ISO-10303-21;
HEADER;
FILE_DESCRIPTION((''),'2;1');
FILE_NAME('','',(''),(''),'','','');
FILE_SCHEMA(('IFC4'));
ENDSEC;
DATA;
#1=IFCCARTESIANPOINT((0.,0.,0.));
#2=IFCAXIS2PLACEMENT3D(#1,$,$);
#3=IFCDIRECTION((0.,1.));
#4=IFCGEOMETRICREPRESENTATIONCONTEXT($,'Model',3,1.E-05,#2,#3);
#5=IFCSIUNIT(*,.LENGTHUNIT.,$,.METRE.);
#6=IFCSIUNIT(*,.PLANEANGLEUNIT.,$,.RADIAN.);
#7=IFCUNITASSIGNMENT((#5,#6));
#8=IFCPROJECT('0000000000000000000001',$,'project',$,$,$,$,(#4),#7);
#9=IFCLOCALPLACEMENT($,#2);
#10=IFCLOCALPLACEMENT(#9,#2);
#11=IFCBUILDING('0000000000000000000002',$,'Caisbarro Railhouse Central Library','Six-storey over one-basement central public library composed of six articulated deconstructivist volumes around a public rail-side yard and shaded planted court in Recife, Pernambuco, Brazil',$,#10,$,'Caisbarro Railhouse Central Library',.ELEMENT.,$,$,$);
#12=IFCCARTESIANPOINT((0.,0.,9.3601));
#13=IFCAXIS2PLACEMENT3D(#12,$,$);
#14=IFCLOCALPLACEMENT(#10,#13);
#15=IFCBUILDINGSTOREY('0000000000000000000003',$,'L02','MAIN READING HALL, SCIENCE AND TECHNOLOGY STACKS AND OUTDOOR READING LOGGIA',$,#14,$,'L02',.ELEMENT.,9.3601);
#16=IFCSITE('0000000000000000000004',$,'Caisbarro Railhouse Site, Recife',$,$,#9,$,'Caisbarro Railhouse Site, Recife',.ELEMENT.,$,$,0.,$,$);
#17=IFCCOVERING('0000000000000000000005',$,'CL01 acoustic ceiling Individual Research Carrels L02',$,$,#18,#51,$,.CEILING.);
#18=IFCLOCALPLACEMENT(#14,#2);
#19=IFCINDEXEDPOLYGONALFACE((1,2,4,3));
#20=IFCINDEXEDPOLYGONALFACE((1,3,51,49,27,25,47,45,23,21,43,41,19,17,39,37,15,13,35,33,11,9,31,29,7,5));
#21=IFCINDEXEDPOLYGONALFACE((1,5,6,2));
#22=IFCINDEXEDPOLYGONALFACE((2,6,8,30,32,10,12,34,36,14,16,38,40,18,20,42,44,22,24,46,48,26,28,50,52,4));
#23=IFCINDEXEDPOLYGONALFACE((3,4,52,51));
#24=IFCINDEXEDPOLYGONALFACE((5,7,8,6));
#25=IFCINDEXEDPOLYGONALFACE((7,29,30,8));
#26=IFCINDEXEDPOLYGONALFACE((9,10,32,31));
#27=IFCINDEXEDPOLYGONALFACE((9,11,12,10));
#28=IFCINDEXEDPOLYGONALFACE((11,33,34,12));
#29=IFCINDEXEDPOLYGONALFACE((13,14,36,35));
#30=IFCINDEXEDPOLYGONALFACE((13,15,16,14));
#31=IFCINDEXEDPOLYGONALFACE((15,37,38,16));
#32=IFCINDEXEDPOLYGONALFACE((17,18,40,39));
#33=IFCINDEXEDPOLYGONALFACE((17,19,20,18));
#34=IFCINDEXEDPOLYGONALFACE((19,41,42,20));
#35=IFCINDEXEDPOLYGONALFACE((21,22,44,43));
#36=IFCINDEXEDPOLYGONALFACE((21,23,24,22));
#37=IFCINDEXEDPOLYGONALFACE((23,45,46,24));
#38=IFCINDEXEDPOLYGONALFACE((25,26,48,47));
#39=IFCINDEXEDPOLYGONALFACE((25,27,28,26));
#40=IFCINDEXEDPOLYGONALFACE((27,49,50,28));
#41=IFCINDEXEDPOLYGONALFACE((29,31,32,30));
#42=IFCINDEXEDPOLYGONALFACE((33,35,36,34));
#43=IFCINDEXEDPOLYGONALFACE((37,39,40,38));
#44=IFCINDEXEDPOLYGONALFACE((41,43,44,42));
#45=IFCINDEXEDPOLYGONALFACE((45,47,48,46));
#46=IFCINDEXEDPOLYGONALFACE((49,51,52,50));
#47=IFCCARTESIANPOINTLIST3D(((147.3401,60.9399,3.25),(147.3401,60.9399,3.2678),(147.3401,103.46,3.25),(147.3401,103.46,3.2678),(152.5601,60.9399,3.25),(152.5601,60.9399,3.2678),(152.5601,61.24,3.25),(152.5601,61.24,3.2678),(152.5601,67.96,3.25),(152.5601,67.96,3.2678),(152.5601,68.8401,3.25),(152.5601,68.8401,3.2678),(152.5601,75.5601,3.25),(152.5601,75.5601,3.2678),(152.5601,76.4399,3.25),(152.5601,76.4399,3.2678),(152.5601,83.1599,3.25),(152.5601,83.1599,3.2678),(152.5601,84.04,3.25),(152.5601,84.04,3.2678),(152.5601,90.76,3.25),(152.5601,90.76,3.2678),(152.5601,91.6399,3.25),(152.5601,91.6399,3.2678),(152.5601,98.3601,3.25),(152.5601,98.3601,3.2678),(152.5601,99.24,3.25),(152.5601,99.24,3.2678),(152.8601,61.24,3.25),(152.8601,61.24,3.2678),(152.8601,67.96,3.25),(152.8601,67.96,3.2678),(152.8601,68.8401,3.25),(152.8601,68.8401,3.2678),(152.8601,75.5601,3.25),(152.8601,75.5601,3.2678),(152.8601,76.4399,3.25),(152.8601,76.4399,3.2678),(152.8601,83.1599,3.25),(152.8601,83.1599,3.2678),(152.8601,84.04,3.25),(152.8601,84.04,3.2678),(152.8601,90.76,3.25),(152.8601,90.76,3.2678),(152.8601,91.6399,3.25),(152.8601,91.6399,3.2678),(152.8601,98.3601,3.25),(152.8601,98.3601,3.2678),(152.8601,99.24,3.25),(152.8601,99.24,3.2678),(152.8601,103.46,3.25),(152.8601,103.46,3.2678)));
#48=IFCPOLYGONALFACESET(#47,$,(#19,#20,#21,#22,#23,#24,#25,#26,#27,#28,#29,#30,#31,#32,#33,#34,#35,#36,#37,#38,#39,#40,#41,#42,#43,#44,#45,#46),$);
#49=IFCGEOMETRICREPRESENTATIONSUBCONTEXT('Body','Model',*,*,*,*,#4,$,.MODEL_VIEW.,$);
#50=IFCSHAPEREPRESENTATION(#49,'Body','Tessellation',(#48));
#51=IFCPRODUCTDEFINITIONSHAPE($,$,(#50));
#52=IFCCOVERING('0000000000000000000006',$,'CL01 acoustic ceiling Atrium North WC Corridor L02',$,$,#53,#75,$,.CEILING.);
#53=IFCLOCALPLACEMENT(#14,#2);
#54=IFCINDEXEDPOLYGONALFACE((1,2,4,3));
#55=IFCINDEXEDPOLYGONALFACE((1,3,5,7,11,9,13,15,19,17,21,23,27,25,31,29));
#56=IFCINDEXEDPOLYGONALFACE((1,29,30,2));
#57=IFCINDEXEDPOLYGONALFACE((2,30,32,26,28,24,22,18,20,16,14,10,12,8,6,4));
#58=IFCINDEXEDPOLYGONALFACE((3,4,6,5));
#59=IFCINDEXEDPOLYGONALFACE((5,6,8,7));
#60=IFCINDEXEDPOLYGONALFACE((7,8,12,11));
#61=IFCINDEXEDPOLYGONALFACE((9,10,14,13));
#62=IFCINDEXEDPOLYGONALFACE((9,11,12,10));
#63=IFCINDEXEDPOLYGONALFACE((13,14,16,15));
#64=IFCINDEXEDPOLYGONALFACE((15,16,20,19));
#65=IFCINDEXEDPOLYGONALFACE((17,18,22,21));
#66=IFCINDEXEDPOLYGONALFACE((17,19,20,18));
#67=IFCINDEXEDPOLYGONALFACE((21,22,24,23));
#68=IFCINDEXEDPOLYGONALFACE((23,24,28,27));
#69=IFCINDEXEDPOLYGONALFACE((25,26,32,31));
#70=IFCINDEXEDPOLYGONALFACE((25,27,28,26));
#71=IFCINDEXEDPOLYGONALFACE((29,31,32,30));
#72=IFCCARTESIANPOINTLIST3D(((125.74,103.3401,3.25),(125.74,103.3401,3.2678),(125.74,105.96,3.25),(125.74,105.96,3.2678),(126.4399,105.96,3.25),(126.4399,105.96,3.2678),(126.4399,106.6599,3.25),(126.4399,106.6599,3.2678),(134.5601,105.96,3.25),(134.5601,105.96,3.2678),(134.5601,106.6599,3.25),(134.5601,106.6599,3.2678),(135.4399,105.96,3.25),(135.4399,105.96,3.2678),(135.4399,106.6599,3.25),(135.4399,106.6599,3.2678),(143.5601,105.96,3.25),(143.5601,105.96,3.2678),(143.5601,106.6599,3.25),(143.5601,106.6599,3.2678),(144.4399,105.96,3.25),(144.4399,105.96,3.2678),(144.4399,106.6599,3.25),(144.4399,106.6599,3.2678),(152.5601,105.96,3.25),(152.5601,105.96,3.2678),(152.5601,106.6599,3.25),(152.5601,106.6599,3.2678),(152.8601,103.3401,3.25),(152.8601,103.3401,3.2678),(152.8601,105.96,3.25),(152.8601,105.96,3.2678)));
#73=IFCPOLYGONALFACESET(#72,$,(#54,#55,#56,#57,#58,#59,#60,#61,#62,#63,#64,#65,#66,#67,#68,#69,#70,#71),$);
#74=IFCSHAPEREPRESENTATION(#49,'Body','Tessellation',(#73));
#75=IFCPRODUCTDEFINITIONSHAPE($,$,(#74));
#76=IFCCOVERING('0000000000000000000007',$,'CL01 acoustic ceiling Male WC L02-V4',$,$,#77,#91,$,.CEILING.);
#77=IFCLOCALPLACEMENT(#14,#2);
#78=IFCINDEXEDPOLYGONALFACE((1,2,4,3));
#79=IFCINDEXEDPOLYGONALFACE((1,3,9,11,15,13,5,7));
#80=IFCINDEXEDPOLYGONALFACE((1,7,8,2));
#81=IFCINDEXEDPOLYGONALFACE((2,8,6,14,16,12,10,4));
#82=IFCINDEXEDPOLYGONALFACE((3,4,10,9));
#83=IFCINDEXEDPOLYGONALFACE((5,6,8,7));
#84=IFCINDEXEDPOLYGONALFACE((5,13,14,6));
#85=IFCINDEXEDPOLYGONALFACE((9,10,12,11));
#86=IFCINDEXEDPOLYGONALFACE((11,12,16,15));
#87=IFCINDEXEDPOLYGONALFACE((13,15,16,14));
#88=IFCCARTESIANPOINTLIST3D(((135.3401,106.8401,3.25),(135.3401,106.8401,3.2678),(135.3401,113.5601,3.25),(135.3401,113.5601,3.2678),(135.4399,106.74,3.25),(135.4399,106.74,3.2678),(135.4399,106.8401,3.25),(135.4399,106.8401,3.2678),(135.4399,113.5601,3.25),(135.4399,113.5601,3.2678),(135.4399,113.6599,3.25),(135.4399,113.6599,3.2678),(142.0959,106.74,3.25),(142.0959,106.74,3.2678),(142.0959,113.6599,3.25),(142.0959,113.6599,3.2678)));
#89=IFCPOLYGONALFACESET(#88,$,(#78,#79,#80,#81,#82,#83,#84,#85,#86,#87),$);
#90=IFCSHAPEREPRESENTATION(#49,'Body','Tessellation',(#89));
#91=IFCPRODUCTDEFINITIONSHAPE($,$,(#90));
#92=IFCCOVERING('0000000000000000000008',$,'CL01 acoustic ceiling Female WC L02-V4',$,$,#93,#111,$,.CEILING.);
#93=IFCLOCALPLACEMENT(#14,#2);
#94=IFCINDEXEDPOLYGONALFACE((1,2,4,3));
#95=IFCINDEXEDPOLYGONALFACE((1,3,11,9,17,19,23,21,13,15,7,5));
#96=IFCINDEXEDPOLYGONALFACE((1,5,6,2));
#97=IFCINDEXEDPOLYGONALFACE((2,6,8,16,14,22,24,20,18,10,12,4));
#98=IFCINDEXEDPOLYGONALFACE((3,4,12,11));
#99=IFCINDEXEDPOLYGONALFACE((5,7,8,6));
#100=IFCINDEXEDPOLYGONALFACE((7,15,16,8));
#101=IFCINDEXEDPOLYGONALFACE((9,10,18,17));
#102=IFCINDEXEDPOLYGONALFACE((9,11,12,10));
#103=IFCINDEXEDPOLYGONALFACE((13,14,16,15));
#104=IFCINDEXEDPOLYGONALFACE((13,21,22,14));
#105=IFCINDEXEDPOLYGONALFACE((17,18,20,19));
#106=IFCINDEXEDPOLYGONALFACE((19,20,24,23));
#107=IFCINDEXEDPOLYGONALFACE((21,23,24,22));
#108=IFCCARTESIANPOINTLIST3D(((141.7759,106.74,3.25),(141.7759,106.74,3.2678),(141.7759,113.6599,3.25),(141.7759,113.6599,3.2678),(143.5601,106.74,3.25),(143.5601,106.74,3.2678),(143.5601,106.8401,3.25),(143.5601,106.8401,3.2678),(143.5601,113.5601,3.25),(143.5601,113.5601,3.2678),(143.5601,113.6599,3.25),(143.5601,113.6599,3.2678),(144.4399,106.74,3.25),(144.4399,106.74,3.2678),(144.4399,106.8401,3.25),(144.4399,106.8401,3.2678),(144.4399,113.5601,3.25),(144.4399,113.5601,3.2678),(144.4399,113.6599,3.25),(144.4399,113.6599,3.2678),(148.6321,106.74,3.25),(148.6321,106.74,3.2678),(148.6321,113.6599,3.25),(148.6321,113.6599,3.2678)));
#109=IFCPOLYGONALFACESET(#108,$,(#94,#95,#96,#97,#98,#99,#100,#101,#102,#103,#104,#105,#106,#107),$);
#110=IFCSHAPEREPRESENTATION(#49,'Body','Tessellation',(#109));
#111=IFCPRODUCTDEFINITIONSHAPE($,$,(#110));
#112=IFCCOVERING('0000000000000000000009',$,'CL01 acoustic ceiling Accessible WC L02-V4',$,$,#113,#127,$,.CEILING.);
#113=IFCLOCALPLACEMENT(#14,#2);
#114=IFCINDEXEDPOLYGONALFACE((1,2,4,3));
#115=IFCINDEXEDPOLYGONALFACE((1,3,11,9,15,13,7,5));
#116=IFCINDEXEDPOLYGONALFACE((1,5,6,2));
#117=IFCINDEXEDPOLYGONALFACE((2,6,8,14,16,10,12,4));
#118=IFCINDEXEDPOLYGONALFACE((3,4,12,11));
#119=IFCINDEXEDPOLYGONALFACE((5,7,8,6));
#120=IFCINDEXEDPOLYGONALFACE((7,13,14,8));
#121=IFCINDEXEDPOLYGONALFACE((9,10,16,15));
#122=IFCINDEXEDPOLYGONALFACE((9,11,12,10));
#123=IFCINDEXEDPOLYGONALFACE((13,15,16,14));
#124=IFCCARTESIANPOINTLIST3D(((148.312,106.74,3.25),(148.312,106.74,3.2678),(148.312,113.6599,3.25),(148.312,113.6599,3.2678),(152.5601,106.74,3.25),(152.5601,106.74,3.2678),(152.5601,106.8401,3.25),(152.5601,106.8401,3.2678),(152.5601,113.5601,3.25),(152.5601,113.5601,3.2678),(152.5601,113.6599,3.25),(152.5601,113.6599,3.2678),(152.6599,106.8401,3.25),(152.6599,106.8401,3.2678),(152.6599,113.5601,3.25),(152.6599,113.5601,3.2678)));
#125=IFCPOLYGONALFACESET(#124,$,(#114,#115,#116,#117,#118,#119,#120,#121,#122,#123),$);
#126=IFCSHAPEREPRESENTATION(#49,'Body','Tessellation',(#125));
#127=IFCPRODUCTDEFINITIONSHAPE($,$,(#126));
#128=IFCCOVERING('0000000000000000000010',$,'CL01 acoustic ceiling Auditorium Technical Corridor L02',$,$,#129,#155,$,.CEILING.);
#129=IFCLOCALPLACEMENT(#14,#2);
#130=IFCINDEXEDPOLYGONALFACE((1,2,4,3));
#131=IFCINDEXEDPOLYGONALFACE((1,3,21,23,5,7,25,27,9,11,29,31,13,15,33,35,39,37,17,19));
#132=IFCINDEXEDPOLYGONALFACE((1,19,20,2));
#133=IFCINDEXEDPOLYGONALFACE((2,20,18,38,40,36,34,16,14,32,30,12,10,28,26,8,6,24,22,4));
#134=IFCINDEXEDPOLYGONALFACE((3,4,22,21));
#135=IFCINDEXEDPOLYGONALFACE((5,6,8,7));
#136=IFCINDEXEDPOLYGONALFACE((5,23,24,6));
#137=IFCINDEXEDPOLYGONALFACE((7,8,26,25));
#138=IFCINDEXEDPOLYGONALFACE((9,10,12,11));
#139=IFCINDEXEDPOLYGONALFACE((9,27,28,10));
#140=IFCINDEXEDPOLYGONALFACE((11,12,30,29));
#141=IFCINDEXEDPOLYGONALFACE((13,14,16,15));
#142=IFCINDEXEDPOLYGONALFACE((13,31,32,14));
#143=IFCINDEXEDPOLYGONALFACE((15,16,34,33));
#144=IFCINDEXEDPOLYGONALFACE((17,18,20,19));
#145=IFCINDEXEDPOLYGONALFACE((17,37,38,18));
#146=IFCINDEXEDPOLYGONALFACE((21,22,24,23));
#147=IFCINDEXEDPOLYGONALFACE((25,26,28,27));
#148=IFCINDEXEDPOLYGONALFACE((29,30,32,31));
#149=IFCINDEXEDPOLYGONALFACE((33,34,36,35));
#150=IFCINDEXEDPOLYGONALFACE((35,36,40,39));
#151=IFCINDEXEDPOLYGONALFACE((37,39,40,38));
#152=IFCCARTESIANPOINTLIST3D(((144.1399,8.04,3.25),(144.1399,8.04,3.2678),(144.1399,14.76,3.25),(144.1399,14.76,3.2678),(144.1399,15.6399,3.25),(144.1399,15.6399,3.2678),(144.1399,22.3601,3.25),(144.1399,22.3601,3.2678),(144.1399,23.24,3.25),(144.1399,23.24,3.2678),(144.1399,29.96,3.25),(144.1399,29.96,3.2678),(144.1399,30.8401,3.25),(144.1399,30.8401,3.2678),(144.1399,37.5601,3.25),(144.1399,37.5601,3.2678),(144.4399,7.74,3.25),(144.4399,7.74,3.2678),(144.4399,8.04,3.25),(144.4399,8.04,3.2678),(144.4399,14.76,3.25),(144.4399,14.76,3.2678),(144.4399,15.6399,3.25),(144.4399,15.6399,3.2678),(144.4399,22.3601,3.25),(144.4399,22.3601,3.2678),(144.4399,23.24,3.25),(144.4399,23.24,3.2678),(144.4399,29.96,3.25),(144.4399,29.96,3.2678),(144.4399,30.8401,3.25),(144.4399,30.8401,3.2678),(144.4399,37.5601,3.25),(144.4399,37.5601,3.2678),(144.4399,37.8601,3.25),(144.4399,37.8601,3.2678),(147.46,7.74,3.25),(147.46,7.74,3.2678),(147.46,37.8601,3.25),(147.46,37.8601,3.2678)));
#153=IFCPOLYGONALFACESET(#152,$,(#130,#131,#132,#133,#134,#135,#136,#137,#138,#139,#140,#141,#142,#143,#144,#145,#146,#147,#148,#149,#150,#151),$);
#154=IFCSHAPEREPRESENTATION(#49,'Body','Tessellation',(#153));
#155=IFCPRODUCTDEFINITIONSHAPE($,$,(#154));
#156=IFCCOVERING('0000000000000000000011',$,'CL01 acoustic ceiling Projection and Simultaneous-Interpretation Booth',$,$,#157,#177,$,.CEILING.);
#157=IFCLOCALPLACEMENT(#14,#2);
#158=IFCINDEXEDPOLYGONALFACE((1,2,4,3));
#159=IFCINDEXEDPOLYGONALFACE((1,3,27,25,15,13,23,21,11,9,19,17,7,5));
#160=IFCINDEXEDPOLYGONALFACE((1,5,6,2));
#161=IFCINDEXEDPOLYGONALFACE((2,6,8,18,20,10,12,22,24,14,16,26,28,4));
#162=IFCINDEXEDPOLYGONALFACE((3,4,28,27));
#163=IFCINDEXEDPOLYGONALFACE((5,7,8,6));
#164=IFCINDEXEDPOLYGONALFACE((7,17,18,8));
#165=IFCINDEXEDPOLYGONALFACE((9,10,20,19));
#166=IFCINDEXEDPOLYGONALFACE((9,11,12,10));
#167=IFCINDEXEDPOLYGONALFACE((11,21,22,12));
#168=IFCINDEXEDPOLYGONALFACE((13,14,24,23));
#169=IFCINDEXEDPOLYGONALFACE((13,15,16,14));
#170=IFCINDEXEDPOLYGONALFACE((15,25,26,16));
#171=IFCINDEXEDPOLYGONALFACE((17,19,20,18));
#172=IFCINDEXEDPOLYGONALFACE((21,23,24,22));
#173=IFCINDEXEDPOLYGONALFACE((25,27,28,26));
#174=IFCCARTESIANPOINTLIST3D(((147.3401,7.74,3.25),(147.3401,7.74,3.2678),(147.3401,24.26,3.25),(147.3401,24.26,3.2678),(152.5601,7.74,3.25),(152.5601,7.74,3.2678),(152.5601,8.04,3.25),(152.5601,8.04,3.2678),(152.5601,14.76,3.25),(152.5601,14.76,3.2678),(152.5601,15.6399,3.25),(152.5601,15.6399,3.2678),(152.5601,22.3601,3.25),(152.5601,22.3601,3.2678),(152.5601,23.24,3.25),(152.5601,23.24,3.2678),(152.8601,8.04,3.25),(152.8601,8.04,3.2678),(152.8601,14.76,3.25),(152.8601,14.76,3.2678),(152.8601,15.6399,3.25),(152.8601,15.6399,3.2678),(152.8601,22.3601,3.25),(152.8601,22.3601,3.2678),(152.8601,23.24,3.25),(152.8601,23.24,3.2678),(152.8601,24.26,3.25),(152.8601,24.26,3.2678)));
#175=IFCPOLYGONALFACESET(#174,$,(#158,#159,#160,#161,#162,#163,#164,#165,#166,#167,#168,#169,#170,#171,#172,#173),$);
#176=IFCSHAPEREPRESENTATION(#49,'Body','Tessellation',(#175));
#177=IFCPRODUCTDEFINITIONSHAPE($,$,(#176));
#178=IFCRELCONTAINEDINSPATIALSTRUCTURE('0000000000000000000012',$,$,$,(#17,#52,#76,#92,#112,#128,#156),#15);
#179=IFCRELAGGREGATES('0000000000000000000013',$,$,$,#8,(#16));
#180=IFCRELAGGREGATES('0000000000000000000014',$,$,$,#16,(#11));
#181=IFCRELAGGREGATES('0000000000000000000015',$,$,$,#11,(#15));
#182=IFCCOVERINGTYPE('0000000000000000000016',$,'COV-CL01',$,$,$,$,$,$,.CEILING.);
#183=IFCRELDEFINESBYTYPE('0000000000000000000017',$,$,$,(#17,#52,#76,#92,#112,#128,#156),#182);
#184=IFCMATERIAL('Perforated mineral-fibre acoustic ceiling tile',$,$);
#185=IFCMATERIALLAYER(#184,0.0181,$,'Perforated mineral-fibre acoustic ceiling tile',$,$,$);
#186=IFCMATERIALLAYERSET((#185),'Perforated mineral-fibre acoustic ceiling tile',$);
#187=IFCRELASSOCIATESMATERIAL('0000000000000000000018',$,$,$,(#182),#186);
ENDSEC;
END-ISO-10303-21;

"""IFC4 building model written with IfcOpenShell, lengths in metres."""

from ifc_helpers import new_model, si_unit, direction, frame, origin, place, context, subcontext, project, spatial, polyline, outline, extrude, material, layer, layer_set, type_object, element, save


model = new_model("IFC4")

# Units and contexts
model_context = context("Model", 3, precision=1e-05, world=origin(), true_north=direction((0.0, 1.0)))
body_context = subcontext(model_context, "Body", "Model", "MODEL_VIEW")
ifc_project = project(units=[si_unit("LENGTHUNIT", "METRE"), si_unit("PLANEANGLEUNIT", "RADIAN")], contexts=[model_context])

# Site, building, storey
site_placement = place(None, origin())
site = spatial("IfcSite", under=ifc_project, at=site_placement, Name="Caisbarro Railhouse Site, Recife", LongName="Caisbarro Railhouse Site, Recife", CompositionType="ELEMENT", RefElevation=0.0)
building_placement = place(site_placement, origin())
building = spatial("IfcBuilding", under=site, at=building_placement, Name="Caisbarro Railhouse Central Library", Description="Six-storey over one-basement central public library composed of six articulated deconstructivist volumes around a public rail-side yard and shaded planted court in Recife, Pernambuco, Brazil", LongName="Caisbarro Railhouse Central Library", CompositionType="ELEMENT")
storey_placement = place(building_placement, frame((0.0, 0.0, 9.3601)))
storey = spatial("IfcBuildingStorey", under=building, at=storey_placement, Name="L02", Description="MAIN READING HALL, SCIENCE AND TECHNOLOGY STACKS AND OUTDOOR READING LOGGIA", LongName="L02", CompositionType="ELEMENT", Elevation=9.3601)

# Coverings
ifc_material_1 = material(Name="Perforated mineral-fibre acoustic ceiling tile")
ifc_layer_1 = layer(ifc_material_1, 0.0181, Name="Perforated mineral-fibre acoustic ceiling tile")
ifc_layer_set_1 = layer_set([ifc_layer_1], Name="Perforated mineral-fibre acoustic ceiling tile")
covering_type_1 = type_object("IfcCoveringType", Name="COV-CL01", PredefinedType="CEILING", material=ifc_layer_set_1)
covering_1_placement = place(storey_placement, frame((0.0, 0.0, 3.25)))
element("IfcCovering", 1, at=covering_1_placement, inside=storey, type_object=covering_type_1, Name="CL01 acoustic ceiling Individual Research Carrels L02", PredefinedType="CEILING", context=body_context, shape_type="SweptSolid", body=[
    extrude(outline(polyline([(152.8601, 75.5601), (152.8601, 68.8401), (152.5601, 68.8401), (152.5601, 67.96), (152.8601, 67.96), (152.8601, 61.24), (152.5601, 61.24), (152.5601, 60.9399), (147.3401, 60.9399), (147.3401, 103.46), (152.8601, 103.46), (152.8601, 99.24), (152.5601, 99.24), (152.5601, 98.3601), (152.8601, 98.3601), (152.8601, 91.6399), (152.5601, 91.6399), (152.5601, 90.76), (152.8601, 90.76), (152.8601, 84.04), (152.5601, 84.04), (152.5601, 83.1599), (152.8601, 83.1599), (152.8601, 76.4399), (152.5601, 76.4399), (152.5601, 75.5601), (152.8601, 75.5601)])), origin(), (0.0, 0.0, 1.0), 0.0178),
])
covering_2_placement = place(storey_placement, frame((0.0, 0.0, 3.25)))
element("IfcCovering", 2, at=covering_2_placement, inside=storey, type_object=covering_type_1, Name="CL01 acoustic ceiling Atrium North WC Corridor L02", PredefinedType="CEILING", context=body_context, shape_type="SweptSolid", body=[
    extrude(outline(polyline([(134.5601, 106.6599), (134.5601, 105.96), (135.4399, 105.96), (135.4399, 106.6599), (143.5601, 106.6599), (143.5601, 105.96), (144.4399, 105.96), (144.4399, 106.6599), (152.5601, 106.6599), (152.5601, 105.96), (152.8601, 105.96), (152.8601, 103.3401), (125.74, 103.3401), (125.74, 105.96), (126.4399, 105.96), (126.4399, 106.6599), (134.5601, 106.6599)])), origin(), (0.0, 0.0, 1.0), 0.0178),
])
covering_3_placement = place(storey_placement, frame((0.0, 0.0, 3.25)))
element("IfcCovering", 3, at=covering_3_placement, inside=storey, type_object=covering_type_1, Name="CL01 acoustic ceiling Male WC L02-V4", PredefinedType="CEILING", context=body_context, shape_type="SweptSolid", body=[
    extrude(outline(polyline([(142.0959, 113.6599), (142.0959, 106.74), (135.4399, 106.74), (135.4399, 106.8401), (135.3401, 106.8401), (135.3401, 113.5601), (135.4399, 113.5601), (135.4399, 113.6599), (142.0959, 113.6599)])), origin(), (0.0, 0.0, 1.0), 0.0178),
])
covering_4_placement = place(storey_placement, frame((0.0, 0.0, 3.25)))
element("IfcCovering", 4, at=covering_4_placement, inside=storey, type_object=covering_type_1, Name="CL01 acoustic ceiling Female WC L02-V4", PredefinedType="CEILING", context=body_context, shape_type="SweptSolid", body=[
    extrude(outline(polyline([(143.5601, 113.6599), (143.5601, 113.5601), (144.4399, 113.5601), (144.4399, 113.6599), (148.6321, 113.6599), (148.6321, 106.74), (144.4399, 106.74), (144.4399, 106.8401), (143.5601, 106.8401), (143.5601, 106.74), (141.7759, 106.74), (141.7759, 113.6599), (143.5601, 113.6599)])), origin(), (0.0, 0.0, 1.0), 0.0178),
])
covering_5_placement = place(storey_placement, frame((0.0, 0.0, 3.25)))
element("IfcCovering", 5, at=covering_5_placement, inside=storey, type_object=covering_type_1, Name="CL01 acoustic ceiling Accessible WC L02-V4", PredefinedType="CEILING", context=body_context, shape_type="SweptSolid", body=[
    extrude(outline(polyline([(152.5601, 113.6599), (152.5601, 113.5601), (152.6599, 113.5601), (152.6599, 106.8401), (152.5601, 106.8401), (152.5601, 106.74), (148.312, 106.74), (148.312, 113.6599), (152.5601, 113.6599)])), origin(), (0.0, 0.0, 1.0), 0.0178),
])
covering_6_placement = place(storey_placement, frame((0.0, 0.0, 3.25)))
element("IfcCovering", 6, at=covering_6_placement, inside=storey, type_object=covering_type_1, Name="CL01 acoustic ceiling Auditorium Technical Corridor L02", PredefinedType="CEILING", context=body_context, shape_type="SweptSolid", body=[
    extrude(outline(polyline([(144.4399, 8.04), (144.1399, 8.04), (144.1399, 14.76), (144.4399, 14.76), (144.4399, 15.6399), (144.1399, 15.6399), (144.1399, 22.3601), (144.4399, 22.3601), (144.4399, 23.24), (144.1399, 23.24), (144.1399, 29.96), (144.4399, 29.96), (144.4399, 30.8401), (144.1399, 30.8401), (144.1399, 37.5601), (144.4399, 37.5601), (144.4399, 37.8601), (147.46, 37.8601), (147.46, 7.74), (144.4399, 7.74), (144.4399, 8.04)])), origin(), (0.0, 0.0, 1.0), 0.0178),
])
covering_7_placement = place(storey_placement, frame((0.0, 0.0, 3.25)))
element("IfcCovering", 7, at=covering_7_placement, inside=storey, type_object=covering_type_1, Name="CL01 acoustic ceiling Projection and Simultaneous-Interpretation Booth", PredefinedType="CEILING", context=body_context, shape_type="SweptSolid", body=[
    extrude(outline(polyline([(152.8601, 23.24), (152.5601, 23.24), (152.5601, 22.3601), (152.8601, 22.3601), (152.8601, 15.6399), (152.5601, 15.6399), (152.5601, 14.76), (152.8601, 14.76), (152.8601, 8.04), (152.5601, 8.04), (152.5601, 7.74), (147.3401, 7.74), (147.3401, 24.26), (152.8601, 24.26), (152.8601, 23.24)])), origin(), (0.0, 0.0, 1.0), 0.0178),
])

save(model, "model.ifc")
